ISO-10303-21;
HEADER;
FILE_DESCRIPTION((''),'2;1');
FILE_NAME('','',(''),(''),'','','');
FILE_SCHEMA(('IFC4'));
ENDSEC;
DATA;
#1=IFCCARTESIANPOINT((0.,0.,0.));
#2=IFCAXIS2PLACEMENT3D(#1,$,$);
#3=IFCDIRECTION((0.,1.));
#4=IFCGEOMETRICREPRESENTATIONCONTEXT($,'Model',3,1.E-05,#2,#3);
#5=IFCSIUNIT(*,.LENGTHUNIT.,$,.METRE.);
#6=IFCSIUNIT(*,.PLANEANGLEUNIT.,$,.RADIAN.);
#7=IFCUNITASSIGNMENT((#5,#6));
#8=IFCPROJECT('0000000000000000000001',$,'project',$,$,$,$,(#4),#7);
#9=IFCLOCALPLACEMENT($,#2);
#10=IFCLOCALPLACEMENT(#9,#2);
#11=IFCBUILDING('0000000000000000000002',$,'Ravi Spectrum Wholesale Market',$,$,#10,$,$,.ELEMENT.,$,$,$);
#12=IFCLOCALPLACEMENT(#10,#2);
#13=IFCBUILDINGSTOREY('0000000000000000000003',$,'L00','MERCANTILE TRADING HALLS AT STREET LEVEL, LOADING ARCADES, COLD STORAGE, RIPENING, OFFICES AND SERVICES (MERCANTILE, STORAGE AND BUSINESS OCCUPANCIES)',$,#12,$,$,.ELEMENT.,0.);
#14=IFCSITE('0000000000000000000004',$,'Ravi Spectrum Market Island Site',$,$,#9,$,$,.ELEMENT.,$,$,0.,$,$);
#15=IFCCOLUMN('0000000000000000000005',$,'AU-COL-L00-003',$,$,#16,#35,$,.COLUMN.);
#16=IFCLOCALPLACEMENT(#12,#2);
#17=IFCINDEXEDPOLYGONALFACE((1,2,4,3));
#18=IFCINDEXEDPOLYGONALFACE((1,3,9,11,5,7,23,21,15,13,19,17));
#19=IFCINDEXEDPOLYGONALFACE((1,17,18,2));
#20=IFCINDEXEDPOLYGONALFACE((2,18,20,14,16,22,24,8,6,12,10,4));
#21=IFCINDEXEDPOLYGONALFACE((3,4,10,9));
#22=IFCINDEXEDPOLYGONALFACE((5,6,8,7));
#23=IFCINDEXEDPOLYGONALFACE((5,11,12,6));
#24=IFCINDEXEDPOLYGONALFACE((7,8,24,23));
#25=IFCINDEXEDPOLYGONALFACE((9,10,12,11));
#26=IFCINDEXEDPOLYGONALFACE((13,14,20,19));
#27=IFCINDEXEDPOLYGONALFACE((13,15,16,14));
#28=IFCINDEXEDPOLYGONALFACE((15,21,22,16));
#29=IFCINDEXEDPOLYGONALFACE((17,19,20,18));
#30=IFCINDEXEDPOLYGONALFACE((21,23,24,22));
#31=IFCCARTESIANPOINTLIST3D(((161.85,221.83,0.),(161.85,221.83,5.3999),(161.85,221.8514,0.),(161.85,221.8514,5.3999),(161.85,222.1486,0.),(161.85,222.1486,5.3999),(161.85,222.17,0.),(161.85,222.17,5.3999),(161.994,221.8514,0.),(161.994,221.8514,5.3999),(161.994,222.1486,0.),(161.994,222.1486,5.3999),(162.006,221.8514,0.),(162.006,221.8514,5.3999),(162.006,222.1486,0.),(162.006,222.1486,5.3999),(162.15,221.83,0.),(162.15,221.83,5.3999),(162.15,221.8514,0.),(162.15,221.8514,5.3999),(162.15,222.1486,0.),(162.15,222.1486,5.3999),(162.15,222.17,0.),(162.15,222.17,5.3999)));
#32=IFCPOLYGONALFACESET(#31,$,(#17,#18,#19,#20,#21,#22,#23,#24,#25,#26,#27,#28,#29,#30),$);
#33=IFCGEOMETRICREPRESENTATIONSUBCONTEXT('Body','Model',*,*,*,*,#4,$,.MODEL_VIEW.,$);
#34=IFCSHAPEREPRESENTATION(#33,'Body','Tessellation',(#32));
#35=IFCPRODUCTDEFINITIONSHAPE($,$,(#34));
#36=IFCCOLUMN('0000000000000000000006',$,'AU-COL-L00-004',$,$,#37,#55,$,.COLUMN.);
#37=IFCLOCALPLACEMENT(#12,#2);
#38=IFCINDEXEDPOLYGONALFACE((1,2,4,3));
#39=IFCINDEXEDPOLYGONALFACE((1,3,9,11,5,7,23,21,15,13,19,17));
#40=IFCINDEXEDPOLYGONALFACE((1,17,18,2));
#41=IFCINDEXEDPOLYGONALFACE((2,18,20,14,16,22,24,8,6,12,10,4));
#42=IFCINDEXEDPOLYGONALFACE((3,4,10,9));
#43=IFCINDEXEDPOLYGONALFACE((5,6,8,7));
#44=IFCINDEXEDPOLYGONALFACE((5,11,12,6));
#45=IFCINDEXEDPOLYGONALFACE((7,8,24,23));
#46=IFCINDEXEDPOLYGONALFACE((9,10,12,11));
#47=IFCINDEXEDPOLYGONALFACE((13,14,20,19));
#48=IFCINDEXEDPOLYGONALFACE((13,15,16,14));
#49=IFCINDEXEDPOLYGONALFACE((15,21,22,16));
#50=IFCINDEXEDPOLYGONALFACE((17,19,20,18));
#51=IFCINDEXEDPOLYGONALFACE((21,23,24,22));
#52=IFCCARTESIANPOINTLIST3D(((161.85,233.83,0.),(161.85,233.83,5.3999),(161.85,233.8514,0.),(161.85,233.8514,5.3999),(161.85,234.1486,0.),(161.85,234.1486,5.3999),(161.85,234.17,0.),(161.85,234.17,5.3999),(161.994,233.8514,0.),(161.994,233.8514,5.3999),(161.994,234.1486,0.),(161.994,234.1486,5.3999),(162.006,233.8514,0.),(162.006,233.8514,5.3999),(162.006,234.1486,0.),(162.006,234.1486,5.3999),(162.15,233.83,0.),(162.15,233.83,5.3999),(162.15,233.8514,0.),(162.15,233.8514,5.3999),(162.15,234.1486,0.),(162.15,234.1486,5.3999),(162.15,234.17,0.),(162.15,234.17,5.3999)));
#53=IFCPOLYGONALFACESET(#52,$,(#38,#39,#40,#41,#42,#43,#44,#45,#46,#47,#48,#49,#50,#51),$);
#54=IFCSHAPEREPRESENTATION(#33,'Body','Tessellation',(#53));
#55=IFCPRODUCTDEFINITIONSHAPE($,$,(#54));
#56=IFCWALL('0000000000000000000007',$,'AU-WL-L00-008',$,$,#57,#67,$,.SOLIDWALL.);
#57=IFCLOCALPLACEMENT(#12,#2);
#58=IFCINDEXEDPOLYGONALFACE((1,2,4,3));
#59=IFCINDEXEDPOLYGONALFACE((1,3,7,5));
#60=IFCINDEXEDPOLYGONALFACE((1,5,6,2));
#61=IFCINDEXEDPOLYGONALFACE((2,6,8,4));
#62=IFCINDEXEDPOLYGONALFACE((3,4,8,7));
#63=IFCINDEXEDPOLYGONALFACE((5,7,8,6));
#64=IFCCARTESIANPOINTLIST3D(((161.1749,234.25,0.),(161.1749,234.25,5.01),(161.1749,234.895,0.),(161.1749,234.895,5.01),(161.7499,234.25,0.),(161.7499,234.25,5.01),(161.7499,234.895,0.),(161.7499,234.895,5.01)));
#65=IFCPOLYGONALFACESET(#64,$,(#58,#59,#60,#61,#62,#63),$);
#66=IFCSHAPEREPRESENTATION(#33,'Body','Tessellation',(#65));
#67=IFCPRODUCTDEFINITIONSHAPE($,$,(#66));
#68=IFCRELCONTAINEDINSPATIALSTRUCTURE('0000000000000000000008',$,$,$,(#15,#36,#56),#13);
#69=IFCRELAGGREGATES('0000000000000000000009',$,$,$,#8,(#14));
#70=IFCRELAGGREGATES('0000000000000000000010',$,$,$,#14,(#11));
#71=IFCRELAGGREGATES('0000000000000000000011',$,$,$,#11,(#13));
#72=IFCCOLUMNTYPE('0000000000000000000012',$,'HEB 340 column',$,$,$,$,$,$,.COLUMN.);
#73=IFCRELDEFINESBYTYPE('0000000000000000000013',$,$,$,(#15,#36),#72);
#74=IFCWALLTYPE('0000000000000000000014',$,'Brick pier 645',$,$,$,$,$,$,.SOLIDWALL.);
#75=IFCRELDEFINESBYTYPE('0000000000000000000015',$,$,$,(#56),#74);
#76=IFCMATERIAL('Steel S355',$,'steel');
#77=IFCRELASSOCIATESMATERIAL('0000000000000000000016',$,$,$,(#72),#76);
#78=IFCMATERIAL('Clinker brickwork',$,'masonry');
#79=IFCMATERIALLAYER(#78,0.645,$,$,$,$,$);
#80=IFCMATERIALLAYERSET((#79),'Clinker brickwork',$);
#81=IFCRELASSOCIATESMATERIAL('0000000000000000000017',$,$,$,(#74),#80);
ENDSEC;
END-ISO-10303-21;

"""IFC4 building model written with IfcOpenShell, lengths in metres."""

from ifc_helpers import new_model, si_unit, direction, frame, frame_2d, origin, origin_2d, place, context, subcontext, project, spatial, rectangle, i_section, extrude, material, layer, layer_set, material_profile, profile_set, type_object, element, save


model = new_model("IFC4")

# Units and contexts
model_context = context("Model", 3, precision=1e-05, world=origin(), true_north=direction((0.0, 1.0)))
body_context = subcontext(model_context, "Body", "Model", "MODEL_VIEW")
ifc_project = project(units=[si_unit("LENGTHUNIT", "METRE"), si_unit("PLANEANGLEUNIT", "RADIAN")], contexts=[model_context])

# Site, building, storey
site_placement = place(None, origin())
site = spatial("IfcSite", under=ifc_project, at=site_placement, Name="Ravi Spectrum Market Island Site", CompositionType="ELEMENT", RefElevation=0.0)
building_placement = place(site_placement, origin())
building = spatial("IfcBuilding", under=site, at=building_placement, Name="Ravi Spectrum Wholesale Market", CompositionType="ELEMENT")
storey_placement = place(building_placement, origin())
storey = spatial("IfcBuildingStorey", under=building, at=storey_placement, Name="L00", Description="MERCANTILE TRADING HALLS AT STREET LEVEL, LOADING ARCADES, COLD STORAGE, RIPENING, OFFICES AND SERVICES (MERCANTILE, STORAGE AND BUSINESS OCCUPANCIES)", CompositionType="ELEMENT", Elevation=0.0)

# Columns
ifc_material_1 = material(Name="Steel S355", Category="steel")
ifc_material_profile_1 = material_profile(ifc_material_1, i_section(OverallWidth=0.3, OverallDepth=0.3401, WebThickness=0.012, FlangeThickness=0.0215, at=origin_2d()))
ifc_profile_set_1 = profile_set([ifc_material_profile_1], Name="Steel S355")
column_type = type_object("IfcColumnType", Name="HEB 340 column", PredefinedType="COLUMN", material=ifc_profile_set_1)
for number, where, z_axis, x_axis, name in (
    (1, (162.0, 222.0, 0.0), (0.0, 0.0, 1.0), (1.0, 0.0, 0.0), "AU-COL-L00-003"),
    (2, (162.0, 234.0, 0.0), (0.0, 0.0, 1.0), (1.0, 0.0, 0.0), "AU-COL-L00-004"),
):
    element("IfcColumn", number, at=place(storey_placement, frame(where, z_axis=z_axis, x_axis=x_axis)), inside=storey, type_object=column_type, Name=name, PredefinedType="COLUMN", context=body_context, shape_type="SweptSolid", body=[
        extrude(i_section(OverallWidth=0.3, OverallDepth=0.3401, WebThickness=0.012, FlangeThickness=0.0215, at=origin_2d()), origin(), (0.0, 0.0, 1.0), 5.3999),
    ])

# Wall
ifc_material_2 = material(Name="Clinker brickwork", Category="masonry")
ifc_layer_1 = layer(ifc_material_2, 0.645)
ifc_layer_set_1 = layer_set([ifc_layer_1], Name="Clinker brickwork")
wall_type_1 = type_object("IfcWallType", Name="Brick pier 645", PredefinedType="SOLIDWALL", material=ifc_layer_set_1)
wall_1_placement = place(storey_placement, frame((161.75, 234.5725, 0.0), z_axis=(0.0, 0.0, 1.0), x_axis=(-1.0, 0.0, 0.0)))
element("IfcWall", 3, at=wall_1_placement, inside=storey, type_object=wall_type_1, Name="AU-WL-L00-008", PredefinedType="SOLIDWALL", context=body_context, shape_type="SweptSolid", body=[
    extrude(rectangle(XDim=0.575, YDim=0.645, at=frame_2d((0.2876, 0.0))), origin(), (0.0, 0.0, 1.0), 5.01),
])

save(model, "model.ifc")
